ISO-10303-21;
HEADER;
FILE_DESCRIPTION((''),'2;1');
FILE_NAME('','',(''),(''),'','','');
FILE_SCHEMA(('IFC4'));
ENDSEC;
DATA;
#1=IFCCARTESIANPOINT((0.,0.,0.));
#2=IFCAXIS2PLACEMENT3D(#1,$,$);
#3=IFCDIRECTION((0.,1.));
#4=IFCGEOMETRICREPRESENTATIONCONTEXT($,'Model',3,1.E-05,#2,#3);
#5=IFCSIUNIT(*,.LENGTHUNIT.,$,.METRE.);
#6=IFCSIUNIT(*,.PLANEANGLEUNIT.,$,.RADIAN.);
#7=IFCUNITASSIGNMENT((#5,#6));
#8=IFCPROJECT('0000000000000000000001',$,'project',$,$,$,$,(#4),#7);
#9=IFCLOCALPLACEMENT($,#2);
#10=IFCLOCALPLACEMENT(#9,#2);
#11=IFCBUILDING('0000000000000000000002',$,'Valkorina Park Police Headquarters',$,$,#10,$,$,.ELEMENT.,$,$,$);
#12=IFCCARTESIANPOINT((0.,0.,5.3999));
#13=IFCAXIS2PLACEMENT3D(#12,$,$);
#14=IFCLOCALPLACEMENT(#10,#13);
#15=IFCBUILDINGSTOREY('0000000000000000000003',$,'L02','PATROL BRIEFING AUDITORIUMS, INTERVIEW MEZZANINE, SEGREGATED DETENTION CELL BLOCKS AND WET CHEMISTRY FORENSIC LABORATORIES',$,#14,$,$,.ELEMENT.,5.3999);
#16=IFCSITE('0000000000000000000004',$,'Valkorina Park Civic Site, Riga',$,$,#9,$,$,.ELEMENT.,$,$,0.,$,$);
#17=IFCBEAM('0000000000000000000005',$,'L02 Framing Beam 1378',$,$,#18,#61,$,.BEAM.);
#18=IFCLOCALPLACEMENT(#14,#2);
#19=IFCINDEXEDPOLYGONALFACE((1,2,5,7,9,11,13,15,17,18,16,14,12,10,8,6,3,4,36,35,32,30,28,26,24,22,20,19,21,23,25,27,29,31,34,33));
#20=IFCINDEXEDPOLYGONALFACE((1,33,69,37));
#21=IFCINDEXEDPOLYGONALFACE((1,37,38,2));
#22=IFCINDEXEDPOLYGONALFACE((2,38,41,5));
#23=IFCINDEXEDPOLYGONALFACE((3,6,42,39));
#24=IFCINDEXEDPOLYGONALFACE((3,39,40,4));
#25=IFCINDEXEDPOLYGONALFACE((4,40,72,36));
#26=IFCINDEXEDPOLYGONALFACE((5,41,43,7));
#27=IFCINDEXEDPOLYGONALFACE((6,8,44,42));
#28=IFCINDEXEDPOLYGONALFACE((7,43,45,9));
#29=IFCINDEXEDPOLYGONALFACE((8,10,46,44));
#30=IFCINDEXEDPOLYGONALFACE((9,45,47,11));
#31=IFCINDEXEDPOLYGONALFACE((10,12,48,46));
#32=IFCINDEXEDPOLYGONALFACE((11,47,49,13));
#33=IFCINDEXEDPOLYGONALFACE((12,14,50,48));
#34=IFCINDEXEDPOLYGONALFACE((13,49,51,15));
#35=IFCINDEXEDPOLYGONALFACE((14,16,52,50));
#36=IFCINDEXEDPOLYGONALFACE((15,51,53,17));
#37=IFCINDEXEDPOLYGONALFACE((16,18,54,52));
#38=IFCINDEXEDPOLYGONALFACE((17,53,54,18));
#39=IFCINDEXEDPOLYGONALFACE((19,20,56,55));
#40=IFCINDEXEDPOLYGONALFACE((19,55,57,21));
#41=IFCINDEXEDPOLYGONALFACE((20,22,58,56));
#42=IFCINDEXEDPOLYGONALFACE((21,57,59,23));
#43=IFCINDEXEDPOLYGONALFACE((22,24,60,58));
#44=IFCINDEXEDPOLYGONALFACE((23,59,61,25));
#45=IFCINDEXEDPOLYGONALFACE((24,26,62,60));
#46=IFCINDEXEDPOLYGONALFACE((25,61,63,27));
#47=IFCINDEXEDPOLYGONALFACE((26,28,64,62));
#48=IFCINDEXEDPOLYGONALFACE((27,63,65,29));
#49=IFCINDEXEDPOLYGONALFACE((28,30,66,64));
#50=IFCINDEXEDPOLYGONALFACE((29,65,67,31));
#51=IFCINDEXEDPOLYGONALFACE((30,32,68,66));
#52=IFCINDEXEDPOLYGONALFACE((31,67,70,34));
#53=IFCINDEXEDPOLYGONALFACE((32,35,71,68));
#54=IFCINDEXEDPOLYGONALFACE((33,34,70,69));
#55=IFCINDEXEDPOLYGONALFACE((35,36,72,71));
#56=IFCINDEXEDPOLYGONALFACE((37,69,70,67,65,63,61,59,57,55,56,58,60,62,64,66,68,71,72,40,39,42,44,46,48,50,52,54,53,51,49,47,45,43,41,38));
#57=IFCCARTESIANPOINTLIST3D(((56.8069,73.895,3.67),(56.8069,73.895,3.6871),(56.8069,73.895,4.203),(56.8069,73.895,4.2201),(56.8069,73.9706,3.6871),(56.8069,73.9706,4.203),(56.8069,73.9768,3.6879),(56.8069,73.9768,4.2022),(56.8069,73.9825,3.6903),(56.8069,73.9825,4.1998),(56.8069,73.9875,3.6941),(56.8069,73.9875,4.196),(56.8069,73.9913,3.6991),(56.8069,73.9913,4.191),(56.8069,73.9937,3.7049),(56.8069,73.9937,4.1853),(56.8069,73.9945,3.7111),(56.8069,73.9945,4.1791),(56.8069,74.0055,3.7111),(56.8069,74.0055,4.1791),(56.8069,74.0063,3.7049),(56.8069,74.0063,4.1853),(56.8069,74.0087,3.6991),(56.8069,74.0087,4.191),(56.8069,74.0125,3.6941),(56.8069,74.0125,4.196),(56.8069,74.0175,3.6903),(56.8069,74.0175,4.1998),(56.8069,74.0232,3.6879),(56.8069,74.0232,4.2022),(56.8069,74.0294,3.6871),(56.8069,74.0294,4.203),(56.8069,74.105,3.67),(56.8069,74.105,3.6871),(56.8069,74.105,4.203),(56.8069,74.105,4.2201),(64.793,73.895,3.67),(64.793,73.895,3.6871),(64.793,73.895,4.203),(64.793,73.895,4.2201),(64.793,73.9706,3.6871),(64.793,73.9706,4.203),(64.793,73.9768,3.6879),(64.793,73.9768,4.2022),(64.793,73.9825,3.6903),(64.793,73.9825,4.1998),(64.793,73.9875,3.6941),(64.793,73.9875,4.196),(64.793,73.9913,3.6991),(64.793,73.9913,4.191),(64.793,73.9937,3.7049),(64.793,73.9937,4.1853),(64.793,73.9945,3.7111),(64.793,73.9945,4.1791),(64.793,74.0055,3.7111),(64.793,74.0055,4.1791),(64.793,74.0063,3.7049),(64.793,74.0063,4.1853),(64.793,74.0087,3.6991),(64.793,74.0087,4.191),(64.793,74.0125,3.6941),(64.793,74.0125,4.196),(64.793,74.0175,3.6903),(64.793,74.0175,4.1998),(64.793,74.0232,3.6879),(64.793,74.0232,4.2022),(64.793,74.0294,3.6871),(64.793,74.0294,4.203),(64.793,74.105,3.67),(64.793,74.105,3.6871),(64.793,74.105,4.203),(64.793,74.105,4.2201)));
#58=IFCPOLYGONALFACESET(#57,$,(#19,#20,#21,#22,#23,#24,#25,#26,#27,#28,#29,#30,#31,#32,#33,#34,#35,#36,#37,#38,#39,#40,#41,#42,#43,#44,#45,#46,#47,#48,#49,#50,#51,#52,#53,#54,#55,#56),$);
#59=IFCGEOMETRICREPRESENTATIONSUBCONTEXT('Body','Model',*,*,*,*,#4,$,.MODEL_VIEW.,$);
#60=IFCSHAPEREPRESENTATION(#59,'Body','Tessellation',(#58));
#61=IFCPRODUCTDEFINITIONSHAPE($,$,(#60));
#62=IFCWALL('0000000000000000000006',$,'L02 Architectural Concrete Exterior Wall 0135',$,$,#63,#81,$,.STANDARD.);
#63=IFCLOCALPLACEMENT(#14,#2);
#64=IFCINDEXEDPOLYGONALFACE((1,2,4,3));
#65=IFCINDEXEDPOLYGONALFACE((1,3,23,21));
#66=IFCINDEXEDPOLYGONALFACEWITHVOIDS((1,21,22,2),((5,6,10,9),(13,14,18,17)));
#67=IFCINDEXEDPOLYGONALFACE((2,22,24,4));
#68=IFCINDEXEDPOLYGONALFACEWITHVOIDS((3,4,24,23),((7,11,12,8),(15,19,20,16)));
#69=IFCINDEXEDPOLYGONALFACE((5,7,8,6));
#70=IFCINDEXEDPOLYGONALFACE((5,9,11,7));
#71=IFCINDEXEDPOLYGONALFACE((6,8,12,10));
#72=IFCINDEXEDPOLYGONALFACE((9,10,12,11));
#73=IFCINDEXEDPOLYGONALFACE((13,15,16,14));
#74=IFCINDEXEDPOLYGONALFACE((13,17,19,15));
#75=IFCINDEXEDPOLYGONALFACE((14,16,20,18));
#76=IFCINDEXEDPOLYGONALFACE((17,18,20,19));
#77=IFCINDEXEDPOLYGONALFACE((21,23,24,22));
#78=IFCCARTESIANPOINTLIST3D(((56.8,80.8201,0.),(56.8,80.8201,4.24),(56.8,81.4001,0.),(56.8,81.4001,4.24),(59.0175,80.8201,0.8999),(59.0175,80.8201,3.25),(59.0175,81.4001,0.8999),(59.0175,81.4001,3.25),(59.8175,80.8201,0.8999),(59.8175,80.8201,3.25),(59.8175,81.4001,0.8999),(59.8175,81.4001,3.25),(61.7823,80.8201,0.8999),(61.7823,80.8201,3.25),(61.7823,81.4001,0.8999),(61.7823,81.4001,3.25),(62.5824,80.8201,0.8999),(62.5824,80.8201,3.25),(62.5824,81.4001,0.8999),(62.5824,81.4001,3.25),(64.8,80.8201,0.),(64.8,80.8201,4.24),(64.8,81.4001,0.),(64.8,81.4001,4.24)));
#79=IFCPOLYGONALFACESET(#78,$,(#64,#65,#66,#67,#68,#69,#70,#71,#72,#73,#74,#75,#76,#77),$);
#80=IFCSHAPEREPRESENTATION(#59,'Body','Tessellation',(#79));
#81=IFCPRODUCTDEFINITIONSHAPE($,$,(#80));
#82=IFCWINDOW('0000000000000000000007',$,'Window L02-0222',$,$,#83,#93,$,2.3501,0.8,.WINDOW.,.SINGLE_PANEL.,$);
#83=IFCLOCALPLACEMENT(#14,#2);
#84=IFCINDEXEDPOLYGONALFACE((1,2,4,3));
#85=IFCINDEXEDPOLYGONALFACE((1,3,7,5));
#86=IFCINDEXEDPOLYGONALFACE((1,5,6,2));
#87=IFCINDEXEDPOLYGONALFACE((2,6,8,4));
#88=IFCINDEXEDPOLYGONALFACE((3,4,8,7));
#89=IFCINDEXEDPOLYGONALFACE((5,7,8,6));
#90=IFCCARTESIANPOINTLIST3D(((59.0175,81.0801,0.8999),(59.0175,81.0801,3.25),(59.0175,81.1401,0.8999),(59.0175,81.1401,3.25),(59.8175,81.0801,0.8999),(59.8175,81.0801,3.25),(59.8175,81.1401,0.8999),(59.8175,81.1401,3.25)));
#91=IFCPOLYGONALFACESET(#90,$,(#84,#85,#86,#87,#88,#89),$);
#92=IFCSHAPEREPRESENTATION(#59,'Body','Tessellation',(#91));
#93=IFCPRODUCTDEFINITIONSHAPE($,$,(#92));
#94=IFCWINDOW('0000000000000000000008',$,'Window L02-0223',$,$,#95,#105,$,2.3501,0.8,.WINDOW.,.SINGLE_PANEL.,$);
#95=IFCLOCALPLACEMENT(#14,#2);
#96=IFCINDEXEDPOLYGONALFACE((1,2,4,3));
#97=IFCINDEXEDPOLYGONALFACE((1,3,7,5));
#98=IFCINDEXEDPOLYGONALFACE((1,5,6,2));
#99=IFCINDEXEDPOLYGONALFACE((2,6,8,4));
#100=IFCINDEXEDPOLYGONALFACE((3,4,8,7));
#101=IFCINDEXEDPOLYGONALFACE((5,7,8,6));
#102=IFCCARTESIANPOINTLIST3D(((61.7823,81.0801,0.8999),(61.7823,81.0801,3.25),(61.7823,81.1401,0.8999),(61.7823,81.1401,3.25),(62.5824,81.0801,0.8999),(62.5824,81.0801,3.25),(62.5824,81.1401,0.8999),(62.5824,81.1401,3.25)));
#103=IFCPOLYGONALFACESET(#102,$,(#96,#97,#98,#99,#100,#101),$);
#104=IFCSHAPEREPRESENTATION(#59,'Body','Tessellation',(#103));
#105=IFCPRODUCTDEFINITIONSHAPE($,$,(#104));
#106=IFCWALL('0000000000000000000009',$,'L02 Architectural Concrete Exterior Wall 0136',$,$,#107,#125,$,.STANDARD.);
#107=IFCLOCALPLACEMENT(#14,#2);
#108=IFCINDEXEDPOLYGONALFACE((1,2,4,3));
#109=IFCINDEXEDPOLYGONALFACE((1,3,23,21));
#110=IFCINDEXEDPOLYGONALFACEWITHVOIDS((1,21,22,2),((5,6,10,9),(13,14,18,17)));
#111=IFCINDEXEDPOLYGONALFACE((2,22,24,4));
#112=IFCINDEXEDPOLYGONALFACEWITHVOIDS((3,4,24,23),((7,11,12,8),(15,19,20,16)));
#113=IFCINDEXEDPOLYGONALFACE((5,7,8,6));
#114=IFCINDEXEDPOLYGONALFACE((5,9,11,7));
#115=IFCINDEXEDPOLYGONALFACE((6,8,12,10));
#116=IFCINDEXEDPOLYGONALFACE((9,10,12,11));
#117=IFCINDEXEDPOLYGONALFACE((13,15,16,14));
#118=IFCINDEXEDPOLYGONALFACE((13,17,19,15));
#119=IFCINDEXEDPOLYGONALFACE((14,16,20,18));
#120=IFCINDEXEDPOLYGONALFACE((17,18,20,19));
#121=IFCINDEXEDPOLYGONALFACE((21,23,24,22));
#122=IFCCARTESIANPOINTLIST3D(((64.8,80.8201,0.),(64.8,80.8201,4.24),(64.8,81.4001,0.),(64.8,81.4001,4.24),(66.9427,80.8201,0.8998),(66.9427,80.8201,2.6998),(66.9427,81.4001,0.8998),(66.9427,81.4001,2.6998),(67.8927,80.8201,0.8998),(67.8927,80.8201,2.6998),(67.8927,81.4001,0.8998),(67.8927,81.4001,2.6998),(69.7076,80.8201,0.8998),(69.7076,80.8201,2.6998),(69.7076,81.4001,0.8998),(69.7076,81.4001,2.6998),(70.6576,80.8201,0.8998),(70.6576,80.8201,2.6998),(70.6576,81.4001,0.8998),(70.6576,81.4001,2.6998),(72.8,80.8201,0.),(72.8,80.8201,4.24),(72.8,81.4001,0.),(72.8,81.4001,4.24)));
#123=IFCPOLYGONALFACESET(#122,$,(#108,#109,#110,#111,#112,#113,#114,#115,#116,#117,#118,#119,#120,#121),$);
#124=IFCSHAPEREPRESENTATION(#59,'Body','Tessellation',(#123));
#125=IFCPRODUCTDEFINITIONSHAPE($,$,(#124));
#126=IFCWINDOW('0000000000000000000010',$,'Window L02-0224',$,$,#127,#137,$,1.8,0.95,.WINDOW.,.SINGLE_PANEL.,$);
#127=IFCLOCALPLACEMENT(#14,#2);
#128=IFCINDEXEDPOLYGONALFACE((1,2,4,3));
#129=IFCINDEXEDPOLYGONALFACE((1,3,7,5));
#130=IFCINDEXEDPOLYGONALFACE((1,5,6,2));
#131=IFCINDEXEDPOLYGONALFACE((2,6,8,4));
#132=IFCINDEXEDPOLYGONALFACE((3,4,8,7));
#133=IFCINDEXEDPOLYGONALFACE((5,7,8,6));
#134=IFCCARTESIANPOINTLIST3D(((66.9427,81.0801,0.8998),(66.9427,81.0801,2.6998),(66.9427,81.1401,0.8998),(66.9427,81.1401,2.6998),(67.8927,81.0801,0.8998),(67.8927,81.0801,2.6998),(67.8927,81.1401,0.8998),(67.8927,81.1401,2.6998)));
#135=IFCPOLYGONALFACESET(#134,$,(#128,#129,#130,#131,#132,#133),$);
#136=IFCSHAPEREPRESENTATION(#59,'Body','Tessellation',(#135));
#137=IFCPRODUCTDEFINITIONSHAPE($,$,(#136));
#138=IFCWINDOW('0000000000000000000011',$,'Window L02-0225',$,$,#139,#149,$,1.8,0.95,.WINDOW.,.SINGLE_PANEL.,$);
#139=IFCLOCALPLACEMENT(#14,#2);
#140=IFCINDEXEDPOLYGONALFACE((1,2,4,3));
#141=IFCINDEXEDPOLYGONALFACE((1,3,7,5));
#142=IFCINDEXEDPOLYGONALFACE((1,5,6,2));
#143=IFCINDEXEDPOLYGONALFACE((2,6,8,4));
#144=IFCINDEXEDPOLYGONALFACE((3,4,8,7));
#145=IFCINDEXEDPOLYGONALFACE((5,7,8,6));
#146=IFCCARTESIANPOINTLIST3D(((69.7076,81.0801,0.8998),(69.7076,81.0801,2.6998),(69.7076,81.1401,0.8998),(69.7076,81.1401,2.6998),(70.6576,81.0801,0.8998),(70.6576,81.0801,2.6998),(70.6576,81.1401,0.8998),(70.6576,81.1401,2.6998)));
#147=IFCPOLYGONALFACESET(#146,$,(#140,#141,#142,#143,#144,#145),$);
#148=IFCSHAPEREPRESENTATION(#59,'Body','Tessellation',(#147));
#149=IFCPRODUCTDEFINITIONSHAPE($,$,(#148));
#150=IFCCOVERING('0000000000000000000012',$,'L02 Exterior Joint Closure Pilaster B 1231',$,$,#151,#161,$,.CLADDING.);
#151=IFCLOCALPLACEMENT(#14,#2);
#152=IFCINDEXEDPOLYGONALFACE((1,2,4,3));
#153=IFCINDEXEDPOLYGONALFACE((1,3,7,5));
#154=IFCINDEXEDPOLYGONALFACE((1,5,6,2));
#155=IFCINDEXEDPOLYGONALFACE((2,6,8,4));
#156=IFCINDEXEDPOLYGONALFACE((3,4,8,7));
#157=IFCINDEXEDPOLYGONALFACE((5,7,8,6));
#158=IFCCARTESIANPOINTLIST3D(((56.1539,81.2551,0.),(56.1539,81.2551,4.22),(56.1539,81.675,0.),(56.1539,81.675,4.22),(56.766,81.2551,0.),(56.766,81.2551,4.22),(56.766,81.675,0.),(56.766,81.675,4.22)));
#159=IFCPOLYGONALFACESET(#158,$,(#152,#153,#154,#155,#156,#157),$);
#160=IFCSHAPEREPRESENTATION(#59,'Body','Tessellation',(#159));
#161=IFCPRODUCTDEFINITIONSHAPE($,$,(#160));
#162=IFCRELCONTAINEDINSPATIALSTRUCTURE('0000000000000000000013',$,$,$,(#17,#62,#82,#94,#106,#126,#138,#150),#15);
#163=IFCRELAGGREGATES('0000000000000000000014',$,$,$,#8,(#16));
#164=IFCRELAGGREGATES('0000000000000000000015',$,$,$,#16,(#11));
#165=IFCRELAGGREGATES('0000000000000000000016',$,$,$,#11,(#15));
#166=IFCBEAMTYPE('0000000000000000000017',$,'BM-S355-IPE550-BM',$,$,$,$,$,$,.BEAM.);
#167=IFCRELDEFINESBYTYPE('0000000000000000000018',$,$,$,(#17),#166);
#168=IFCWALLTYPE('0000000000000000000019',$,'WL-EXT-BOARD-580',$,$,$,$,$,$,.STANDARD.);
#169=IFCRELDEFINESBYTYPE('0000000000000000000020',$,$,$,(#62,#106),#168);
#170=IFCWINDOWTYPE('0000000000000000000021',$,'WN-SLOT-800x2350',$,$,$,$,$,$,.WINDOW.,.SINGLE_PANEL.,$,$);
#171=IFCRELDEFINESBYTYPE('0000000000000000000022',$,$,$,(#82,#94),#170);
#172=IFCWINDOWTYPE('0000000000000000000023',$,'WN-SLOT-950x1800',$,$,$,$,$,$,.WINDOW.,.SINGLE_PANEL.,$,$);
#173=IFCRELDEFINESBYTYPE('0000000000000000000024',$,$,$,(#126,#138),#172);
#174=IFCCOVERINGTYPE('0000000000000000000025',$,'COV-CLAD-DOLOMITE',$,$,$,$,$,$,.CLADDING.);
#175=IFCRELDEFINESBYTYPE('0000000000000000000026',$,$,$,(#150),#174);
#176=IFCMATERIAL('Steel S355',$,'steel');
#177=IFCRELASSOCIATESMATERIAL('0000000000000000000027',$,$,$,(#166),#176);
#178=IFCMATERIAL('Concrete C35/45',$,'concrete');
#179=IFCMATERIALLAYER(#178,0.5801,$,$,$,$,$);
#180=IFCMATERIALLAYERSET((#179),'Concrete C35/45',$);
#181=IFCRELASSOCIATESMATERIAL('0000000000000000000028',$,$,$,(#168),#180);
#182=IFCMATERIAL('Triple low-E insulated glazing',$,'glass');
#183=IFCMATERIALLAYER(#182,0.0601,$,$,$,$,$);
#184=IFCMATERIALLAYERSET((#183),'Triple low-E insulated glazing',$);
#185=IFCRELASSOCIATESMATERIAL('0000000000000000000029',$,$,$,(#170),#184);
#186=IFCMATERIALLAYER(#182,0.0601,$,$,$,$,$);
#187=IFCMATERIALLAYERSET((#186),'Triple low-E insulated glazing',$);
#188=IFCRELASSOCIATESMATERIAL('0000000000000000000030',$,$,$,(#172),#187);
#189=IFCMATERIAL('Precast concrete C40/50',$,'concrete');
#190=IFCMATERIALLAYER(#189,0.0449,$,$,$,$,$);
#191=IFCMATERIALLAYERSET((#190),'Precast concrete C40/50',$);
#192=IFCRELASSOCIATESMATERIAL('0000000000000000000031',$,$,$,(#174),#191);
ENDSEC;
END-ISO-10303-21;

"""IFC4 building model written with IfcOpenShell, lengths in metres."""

from ifc_helpers import new_model, si_unit, direction, frame, frame_2d, origin, origin_2d, place, context, subcontext, project, spatial, rectangle, i_section, extrude, material, layer, layer_set, material_profile, profile_set, type_object, element, fill, save


model = new_model("IFC4")

# Units and contexts
model_context = context("Model", 3, precision=1e-05, world=origin(), true_north=direction((0.0, 1.0)))
body_context = subcontext(model_context, "Body", "Model", "MODEL_VIEW")
ifc_project = project(units=[si_unit("LENGTHUNIT", "METRE"), si_unit("PLANEANGLEUNIT", "RADIAN")], contexts=[model_context])

# Site, building, storey
site_placement = place(None, origin())
site = spatial("IfcSite", under=ifc_project, at=site_placement, Name="Valkorina Park Civic Site, Riga", CompositionType="ELEMENT", RefElevation=0.0)
building_placement = place(site_placement, origin())
building = spatial("IfcBuilding", under=site, at=building_placement, Name="Valkorina Park Police Headquarters", CompositionType="ELEMENT")
storey_placement = place(building_placement, frame((0.0, 0.0, 5.3999)))
storey = spatial("IfcBuildingStorey", under=building, at=storey_placement, Name="L02", Description="PATROL BRIEFING AUDITORIUMS, INTERVIEW MEZZANINE, SEGREGATED DETENTION CELL BLOCKS AND WET CHEMISTRY FORENSIC LABORATORIES", CompositionType="ELEMENT", Elevation=5.3999)

# Shared definitions
ifc_material_1 = material(Name="Steel S355", Category="steel")

# Beam
ifc_material_profile_1 = material_profile(ifc_material_1, i_section(OverallWidth=0.21, OverallDepth=0.55, WebThickness=0.011, FlangeThickness=0.0171, FilletRadius=0.0239, at=origin_2d()), Name="IPE 550")
ifc_profile_set_1 = profile_set([ifc_material_profile_1], Name="Steel S355")
beam_type_1 = type_object("IfcBeamType", Name="BM-S355-IPE550-BM", PredefinedType="BEAM", material=ifc_profile_set_1)
beam_1_placement = place(storey_placement, frame((56.8069, 74.0, 3.9451), z_axis=(1.0, 0.0, 0.0), x_axis=(0.0, 1.0, 0.0)))
element("IfcBeam", 1, at=beam_1_placement, inside=storey, type_object=beam_type_1, Name="L02 Framing Beam 1378", PredefinedType="BEAM", context=body_context, shape_type="SweptSolid", body=[
    extrude(i_section(OverallWidth=0.21, OverallDepth=0.55, WebThickness=0.011, FlangeThickness=0.0171, FilletRadius=0.0239, at=origin_2d()), origin(), (0.0, 0.0, 1.0), 7.9861),
])

# Walls, openings, windows
ifc_material_2 = material(Name="Concrete C35/45", Category="concrete")
ifc_layer_1 = layer(ifc_material_2, 0.5801)
ifc_layer_set_1 = layer_set([ifc_layer_1], Name="Concrete C35/45")
wall_type = type_object("IfcWallType", Name="WL-EXT-BOARD-580", PredefinedType="STANDARD", material=ifc_layer_set_1)
wall_1_placement = place(storey_placement, frame((56.8, 81.1101, 0.0), z_axis=(0.0, 0.0, 1.0), x_axis=(1.0, 0.0, 0.0)))
wall_1 = element("IfcWall", 2, at=wall_1_placement, inside=storey, type_object=wall_type, Name="L02 Architectural Concrete Exterior Wall 0135", PredefinedType="STANDARD", context=body_context, shape_type="SweptSolid", body=[
    extrude(rectangle(XDim=8.0, YDim=0.5801, at=frame_2d((4.0, 0.0))), origin(), (0.0, 0.0, 1.0), 4.24),
])
opening_1_placement = place(wall_1_placement, frame((2.2175, 0.0, 0.8999)))
opening_1 = element("IfcOpeningElement", 3, at=opening_1_placement, cuts=wall_1, PredefinedType="OPENING", context=body_context, shape_type="SweptSolid", body=[
    extrude(rectangle(XDim=0.8, YDim=2.3501, at=frame_2d((0.3999, 1.175))), frame((0.0, 0.3, 0.0), z_axis=(0.0, -1.0, 0.0), x_axis=(1.0, 0.0, 0.0)), (0.0, 0.0, 1.0), 0.6001),
])
opening_2_placement = place(wall_1_placement, frame((4.9824, 0.0, 0.8999)))
opening_2 = element("IfcOpeningElement", 4, at=opening_2_placement, cuts=wall_1, PredefinedType="OPENING", context=body_context, shape_type="SweptSolid", body=[
    extrude(rectangle(XDim=0.8, YDim=2.3501, at=frame_2d((0.3999, 1.175))), frame((0.0, 0.3, 0.0), z_axis=(0.0, -1.0, 0.0), x_axis=(1.0, 0.0, 0.0)), (0.0, 0.0, 1.0), 0.6001),
])
ifc_material_3 = material(Name="Triple low-E insulated glazing", Category="glass")
ifc_layer_2 = layer(ifc_material_3, 0.0601)
ifc_layer_set_2 = layer_set([ifc_layer_2], Name="Triple low-E insulated glazing")
window_type_1 = type_object("IfcWindowType", Name="WN-SLOT-800x2350", PartitioningType="SINGLE_PANEL", PredefinedType="WINDOW", material=ifc_layer_set_2)
window_1_placement = place(opening_1_placement, origin())
window_1 = element("IfcWindow", 5, at=window_1_placement, inside=storey, type_object=window_type_1, Name="Window L02-0222", OverallHeight=2.3501, OverallWidth=0.8, PartitioningType="SINGLE_PANEL", PredefinedType="WINDOW", context=body_context, shape_type="SweptSolid", body=[
    extrude(rectangle(XDim=0.8, YDim=2.3501, at=frame_2d((0.3999, 1.175))), frame((0.0, 0.03, 0.0), z_axis=(0.0, -1.0, 0.0), x_axis=(1.0, 0.0, 0.0)), (0.0, 0.0, 1.0), 0.0601),
])
fill(opening_1, window_1)
window_2_placement = place(opening_2_placement, origin())
window_2 = element("IfcWindow", 6, at=window_2_placement, inside=storey, type_object=window_type_1, Name="Window L02-0223", OverallHeight=2.3501, OverallWidth=0.8, PartitioningType="SINGLE_PANEL", PredefinedType="WINDOW", context=body_context, shape_type="SweptSolid", body=[
    extrude(rectangle(XDim=0.8, YDim=2.3501, at=frame_2d((0.3999, 1.175))), frame((0.0, 0.03, 0.0), z_axis=(0.0, -1.0, 0.0), x_axis=(1.0, 0.0, 0.0)), (0.0, 0.0, 1.0), 0.0601),
])
fill(opening_2, window_2)
wall_2_placement = place(storey_placement, frame((64.8, 81.1101, 0.0), z_axis=(0.0, 0.0, 1.0), x_axis=(1.0, 0.0, 0.0)))
wall_2 = element("IfcWall", 7, at=wall_2_placement, inside=storey, type_object=wall_type, Name="L02 Architectural Concrete Exterior Wall 0136", PredefinedType="STANDARD", context=body_context, shape_type="SweptSolid", body=[
    extrude(rectangle(XDim=8.0, YDim=0.5801, at=frame_2d((4.0, 0.0))), origin(), (0.0, 0.0, 1.0), 4.24),
])
opening_3_placement = place(wall_2_placement, frame((2.1426, 0.0, 0.8999)))
opening_3 = element("IfcOpeningElement", 8, at=opening_3_placement, cuts=wall_2, PredefinedType="OPENING", context=body_context, shape_type="SweptSolid", body=[
    extrude(rectangle(XDim=0.95, YDim=1.8, at=frame_2d((0.4751, 0.8999))), frame((0.0, 0.3, 0.0), z_axis=(0.0, -1.0, 0.0), x_axis=(1.0, 0.0, 0.0)), (0.0, 0.0, 1.0), 0.6001),
])
opening_4_placement = place(wall_2_placement, frame((4.9075, 0.0, 0.8999)))
opening_4 = element("IfcOpeningElement", 9, at=opening_4_placement, cuts=wall_2, PredefinedType="OPENING", context=body_context, shape_type="SweptSolid", body=[
    extrude(rectangle(XDim=0.95, YDim=1.8, at=frame_2d((0.4751, 0.8999))), frame((0.0, 0.3, 0.0), z_axis=(0.0, -1.0, 0.0), x_axis=(1.0, 0.0, 0.0)), (0.0, 0.0, 1.0), 0.6001),
])
ifc_layer_3 = layer(ifc_material_3, 0.0601)
ifc_layer_set_3 = layer_set([ifc_layer_3], Name="Triple low-E insulated glazing")
window_type_2 = type_object("IfcWindowType", Name="WN-SLOT-950x1800", PartitioningType="SINGLE_PANEL", PredefinedType="WINDOW", material=ifc_layer_set_3)
window_3_placement = place(opening_3_placement, origin())
window_3 = element("IfcWindow", 10, at=window_3_placement, inside=storey, type_object=window_type_2, Name="Window L02-0224", OverallHeight=1.8, OverallWidth=0.95, PartitioningType="SINGLE_PANEL", PredefinedType="WINDOW", context=body_context, shape_type="SweptSolid", body=[
    extrude(rectangle(XDim=0.95, YDim=1.8, at=frame_2d((0.4751, 0.8999))), frame((0.0, 0.03, 0.0), z_axis=(0.0, -1.0, 0.0), x_axis=(1.0, 0.0, 0.0)), (0.0, 0.0, 1.0), 0.0601),
])
fill(opening_3, window_3)
window_4_placement = place(opening_4_placement, origin())
window_4 = element("IfcWindow", 11, at=window_4_placement, inside=storey, type_object=window_type_2, Name="Window L02-0225", OverallHeight=1.8, OverallWidth=0.95, PartitioningType="SINGLE_PANEL", PredefinedType="WINDOW", context=body_context, shape_type="SweptSolid", body=[
    extrude(rectangle(XDim=0.95, YDim=1.8, at=frame_2d((0.4751, 0.8999))), frame((0.0, 0.03, 0.0), z_axis=(0.0, -1.0, 0.0), x_axis=(1.0, 0.0, 0.0)), (0.0, 0.0, 1.0), 0.0601),
])
fill(opening_4, window_4)

# Covering
ifc_material_4 = material(Name="Precast concrete C40/50", Category="concrete")
ifc_layer_4 = layer(ifc_material_4, 0.0449)
ifc_layer_set_4 = layer_set([ifc_layer_4], Name="Precast concrete C40/50")
covering_type = type_object("IfcCoveringType", Name="COV-CLAD-DOLOMITE", PredefinedType="CLADDING", material=ifc_layer_set_4)
covering_1_placement = place(storey_placement, frame((56.46, 81.4651, 0.0), z_axis=(0.0, 0.0, 1.0), x_axis=(0.0, 1.0, 0.0)))
element("IfcCovering", 12, at=covering_1_placement, inside=storey, type_object=covering_type, Name="L02 Exterior Joint Closure Pilaster B 1231", PredefinedType="CLADDING", context=body_context, shape_type="SweptSolid", body=[
    extrude(rectangle(XDim=0.4199, YDim=0.6121, at=origin_2d()), origin(), (0.0, 0.0, 1.0), 4.22),
])

save(model, "model.ifc")
